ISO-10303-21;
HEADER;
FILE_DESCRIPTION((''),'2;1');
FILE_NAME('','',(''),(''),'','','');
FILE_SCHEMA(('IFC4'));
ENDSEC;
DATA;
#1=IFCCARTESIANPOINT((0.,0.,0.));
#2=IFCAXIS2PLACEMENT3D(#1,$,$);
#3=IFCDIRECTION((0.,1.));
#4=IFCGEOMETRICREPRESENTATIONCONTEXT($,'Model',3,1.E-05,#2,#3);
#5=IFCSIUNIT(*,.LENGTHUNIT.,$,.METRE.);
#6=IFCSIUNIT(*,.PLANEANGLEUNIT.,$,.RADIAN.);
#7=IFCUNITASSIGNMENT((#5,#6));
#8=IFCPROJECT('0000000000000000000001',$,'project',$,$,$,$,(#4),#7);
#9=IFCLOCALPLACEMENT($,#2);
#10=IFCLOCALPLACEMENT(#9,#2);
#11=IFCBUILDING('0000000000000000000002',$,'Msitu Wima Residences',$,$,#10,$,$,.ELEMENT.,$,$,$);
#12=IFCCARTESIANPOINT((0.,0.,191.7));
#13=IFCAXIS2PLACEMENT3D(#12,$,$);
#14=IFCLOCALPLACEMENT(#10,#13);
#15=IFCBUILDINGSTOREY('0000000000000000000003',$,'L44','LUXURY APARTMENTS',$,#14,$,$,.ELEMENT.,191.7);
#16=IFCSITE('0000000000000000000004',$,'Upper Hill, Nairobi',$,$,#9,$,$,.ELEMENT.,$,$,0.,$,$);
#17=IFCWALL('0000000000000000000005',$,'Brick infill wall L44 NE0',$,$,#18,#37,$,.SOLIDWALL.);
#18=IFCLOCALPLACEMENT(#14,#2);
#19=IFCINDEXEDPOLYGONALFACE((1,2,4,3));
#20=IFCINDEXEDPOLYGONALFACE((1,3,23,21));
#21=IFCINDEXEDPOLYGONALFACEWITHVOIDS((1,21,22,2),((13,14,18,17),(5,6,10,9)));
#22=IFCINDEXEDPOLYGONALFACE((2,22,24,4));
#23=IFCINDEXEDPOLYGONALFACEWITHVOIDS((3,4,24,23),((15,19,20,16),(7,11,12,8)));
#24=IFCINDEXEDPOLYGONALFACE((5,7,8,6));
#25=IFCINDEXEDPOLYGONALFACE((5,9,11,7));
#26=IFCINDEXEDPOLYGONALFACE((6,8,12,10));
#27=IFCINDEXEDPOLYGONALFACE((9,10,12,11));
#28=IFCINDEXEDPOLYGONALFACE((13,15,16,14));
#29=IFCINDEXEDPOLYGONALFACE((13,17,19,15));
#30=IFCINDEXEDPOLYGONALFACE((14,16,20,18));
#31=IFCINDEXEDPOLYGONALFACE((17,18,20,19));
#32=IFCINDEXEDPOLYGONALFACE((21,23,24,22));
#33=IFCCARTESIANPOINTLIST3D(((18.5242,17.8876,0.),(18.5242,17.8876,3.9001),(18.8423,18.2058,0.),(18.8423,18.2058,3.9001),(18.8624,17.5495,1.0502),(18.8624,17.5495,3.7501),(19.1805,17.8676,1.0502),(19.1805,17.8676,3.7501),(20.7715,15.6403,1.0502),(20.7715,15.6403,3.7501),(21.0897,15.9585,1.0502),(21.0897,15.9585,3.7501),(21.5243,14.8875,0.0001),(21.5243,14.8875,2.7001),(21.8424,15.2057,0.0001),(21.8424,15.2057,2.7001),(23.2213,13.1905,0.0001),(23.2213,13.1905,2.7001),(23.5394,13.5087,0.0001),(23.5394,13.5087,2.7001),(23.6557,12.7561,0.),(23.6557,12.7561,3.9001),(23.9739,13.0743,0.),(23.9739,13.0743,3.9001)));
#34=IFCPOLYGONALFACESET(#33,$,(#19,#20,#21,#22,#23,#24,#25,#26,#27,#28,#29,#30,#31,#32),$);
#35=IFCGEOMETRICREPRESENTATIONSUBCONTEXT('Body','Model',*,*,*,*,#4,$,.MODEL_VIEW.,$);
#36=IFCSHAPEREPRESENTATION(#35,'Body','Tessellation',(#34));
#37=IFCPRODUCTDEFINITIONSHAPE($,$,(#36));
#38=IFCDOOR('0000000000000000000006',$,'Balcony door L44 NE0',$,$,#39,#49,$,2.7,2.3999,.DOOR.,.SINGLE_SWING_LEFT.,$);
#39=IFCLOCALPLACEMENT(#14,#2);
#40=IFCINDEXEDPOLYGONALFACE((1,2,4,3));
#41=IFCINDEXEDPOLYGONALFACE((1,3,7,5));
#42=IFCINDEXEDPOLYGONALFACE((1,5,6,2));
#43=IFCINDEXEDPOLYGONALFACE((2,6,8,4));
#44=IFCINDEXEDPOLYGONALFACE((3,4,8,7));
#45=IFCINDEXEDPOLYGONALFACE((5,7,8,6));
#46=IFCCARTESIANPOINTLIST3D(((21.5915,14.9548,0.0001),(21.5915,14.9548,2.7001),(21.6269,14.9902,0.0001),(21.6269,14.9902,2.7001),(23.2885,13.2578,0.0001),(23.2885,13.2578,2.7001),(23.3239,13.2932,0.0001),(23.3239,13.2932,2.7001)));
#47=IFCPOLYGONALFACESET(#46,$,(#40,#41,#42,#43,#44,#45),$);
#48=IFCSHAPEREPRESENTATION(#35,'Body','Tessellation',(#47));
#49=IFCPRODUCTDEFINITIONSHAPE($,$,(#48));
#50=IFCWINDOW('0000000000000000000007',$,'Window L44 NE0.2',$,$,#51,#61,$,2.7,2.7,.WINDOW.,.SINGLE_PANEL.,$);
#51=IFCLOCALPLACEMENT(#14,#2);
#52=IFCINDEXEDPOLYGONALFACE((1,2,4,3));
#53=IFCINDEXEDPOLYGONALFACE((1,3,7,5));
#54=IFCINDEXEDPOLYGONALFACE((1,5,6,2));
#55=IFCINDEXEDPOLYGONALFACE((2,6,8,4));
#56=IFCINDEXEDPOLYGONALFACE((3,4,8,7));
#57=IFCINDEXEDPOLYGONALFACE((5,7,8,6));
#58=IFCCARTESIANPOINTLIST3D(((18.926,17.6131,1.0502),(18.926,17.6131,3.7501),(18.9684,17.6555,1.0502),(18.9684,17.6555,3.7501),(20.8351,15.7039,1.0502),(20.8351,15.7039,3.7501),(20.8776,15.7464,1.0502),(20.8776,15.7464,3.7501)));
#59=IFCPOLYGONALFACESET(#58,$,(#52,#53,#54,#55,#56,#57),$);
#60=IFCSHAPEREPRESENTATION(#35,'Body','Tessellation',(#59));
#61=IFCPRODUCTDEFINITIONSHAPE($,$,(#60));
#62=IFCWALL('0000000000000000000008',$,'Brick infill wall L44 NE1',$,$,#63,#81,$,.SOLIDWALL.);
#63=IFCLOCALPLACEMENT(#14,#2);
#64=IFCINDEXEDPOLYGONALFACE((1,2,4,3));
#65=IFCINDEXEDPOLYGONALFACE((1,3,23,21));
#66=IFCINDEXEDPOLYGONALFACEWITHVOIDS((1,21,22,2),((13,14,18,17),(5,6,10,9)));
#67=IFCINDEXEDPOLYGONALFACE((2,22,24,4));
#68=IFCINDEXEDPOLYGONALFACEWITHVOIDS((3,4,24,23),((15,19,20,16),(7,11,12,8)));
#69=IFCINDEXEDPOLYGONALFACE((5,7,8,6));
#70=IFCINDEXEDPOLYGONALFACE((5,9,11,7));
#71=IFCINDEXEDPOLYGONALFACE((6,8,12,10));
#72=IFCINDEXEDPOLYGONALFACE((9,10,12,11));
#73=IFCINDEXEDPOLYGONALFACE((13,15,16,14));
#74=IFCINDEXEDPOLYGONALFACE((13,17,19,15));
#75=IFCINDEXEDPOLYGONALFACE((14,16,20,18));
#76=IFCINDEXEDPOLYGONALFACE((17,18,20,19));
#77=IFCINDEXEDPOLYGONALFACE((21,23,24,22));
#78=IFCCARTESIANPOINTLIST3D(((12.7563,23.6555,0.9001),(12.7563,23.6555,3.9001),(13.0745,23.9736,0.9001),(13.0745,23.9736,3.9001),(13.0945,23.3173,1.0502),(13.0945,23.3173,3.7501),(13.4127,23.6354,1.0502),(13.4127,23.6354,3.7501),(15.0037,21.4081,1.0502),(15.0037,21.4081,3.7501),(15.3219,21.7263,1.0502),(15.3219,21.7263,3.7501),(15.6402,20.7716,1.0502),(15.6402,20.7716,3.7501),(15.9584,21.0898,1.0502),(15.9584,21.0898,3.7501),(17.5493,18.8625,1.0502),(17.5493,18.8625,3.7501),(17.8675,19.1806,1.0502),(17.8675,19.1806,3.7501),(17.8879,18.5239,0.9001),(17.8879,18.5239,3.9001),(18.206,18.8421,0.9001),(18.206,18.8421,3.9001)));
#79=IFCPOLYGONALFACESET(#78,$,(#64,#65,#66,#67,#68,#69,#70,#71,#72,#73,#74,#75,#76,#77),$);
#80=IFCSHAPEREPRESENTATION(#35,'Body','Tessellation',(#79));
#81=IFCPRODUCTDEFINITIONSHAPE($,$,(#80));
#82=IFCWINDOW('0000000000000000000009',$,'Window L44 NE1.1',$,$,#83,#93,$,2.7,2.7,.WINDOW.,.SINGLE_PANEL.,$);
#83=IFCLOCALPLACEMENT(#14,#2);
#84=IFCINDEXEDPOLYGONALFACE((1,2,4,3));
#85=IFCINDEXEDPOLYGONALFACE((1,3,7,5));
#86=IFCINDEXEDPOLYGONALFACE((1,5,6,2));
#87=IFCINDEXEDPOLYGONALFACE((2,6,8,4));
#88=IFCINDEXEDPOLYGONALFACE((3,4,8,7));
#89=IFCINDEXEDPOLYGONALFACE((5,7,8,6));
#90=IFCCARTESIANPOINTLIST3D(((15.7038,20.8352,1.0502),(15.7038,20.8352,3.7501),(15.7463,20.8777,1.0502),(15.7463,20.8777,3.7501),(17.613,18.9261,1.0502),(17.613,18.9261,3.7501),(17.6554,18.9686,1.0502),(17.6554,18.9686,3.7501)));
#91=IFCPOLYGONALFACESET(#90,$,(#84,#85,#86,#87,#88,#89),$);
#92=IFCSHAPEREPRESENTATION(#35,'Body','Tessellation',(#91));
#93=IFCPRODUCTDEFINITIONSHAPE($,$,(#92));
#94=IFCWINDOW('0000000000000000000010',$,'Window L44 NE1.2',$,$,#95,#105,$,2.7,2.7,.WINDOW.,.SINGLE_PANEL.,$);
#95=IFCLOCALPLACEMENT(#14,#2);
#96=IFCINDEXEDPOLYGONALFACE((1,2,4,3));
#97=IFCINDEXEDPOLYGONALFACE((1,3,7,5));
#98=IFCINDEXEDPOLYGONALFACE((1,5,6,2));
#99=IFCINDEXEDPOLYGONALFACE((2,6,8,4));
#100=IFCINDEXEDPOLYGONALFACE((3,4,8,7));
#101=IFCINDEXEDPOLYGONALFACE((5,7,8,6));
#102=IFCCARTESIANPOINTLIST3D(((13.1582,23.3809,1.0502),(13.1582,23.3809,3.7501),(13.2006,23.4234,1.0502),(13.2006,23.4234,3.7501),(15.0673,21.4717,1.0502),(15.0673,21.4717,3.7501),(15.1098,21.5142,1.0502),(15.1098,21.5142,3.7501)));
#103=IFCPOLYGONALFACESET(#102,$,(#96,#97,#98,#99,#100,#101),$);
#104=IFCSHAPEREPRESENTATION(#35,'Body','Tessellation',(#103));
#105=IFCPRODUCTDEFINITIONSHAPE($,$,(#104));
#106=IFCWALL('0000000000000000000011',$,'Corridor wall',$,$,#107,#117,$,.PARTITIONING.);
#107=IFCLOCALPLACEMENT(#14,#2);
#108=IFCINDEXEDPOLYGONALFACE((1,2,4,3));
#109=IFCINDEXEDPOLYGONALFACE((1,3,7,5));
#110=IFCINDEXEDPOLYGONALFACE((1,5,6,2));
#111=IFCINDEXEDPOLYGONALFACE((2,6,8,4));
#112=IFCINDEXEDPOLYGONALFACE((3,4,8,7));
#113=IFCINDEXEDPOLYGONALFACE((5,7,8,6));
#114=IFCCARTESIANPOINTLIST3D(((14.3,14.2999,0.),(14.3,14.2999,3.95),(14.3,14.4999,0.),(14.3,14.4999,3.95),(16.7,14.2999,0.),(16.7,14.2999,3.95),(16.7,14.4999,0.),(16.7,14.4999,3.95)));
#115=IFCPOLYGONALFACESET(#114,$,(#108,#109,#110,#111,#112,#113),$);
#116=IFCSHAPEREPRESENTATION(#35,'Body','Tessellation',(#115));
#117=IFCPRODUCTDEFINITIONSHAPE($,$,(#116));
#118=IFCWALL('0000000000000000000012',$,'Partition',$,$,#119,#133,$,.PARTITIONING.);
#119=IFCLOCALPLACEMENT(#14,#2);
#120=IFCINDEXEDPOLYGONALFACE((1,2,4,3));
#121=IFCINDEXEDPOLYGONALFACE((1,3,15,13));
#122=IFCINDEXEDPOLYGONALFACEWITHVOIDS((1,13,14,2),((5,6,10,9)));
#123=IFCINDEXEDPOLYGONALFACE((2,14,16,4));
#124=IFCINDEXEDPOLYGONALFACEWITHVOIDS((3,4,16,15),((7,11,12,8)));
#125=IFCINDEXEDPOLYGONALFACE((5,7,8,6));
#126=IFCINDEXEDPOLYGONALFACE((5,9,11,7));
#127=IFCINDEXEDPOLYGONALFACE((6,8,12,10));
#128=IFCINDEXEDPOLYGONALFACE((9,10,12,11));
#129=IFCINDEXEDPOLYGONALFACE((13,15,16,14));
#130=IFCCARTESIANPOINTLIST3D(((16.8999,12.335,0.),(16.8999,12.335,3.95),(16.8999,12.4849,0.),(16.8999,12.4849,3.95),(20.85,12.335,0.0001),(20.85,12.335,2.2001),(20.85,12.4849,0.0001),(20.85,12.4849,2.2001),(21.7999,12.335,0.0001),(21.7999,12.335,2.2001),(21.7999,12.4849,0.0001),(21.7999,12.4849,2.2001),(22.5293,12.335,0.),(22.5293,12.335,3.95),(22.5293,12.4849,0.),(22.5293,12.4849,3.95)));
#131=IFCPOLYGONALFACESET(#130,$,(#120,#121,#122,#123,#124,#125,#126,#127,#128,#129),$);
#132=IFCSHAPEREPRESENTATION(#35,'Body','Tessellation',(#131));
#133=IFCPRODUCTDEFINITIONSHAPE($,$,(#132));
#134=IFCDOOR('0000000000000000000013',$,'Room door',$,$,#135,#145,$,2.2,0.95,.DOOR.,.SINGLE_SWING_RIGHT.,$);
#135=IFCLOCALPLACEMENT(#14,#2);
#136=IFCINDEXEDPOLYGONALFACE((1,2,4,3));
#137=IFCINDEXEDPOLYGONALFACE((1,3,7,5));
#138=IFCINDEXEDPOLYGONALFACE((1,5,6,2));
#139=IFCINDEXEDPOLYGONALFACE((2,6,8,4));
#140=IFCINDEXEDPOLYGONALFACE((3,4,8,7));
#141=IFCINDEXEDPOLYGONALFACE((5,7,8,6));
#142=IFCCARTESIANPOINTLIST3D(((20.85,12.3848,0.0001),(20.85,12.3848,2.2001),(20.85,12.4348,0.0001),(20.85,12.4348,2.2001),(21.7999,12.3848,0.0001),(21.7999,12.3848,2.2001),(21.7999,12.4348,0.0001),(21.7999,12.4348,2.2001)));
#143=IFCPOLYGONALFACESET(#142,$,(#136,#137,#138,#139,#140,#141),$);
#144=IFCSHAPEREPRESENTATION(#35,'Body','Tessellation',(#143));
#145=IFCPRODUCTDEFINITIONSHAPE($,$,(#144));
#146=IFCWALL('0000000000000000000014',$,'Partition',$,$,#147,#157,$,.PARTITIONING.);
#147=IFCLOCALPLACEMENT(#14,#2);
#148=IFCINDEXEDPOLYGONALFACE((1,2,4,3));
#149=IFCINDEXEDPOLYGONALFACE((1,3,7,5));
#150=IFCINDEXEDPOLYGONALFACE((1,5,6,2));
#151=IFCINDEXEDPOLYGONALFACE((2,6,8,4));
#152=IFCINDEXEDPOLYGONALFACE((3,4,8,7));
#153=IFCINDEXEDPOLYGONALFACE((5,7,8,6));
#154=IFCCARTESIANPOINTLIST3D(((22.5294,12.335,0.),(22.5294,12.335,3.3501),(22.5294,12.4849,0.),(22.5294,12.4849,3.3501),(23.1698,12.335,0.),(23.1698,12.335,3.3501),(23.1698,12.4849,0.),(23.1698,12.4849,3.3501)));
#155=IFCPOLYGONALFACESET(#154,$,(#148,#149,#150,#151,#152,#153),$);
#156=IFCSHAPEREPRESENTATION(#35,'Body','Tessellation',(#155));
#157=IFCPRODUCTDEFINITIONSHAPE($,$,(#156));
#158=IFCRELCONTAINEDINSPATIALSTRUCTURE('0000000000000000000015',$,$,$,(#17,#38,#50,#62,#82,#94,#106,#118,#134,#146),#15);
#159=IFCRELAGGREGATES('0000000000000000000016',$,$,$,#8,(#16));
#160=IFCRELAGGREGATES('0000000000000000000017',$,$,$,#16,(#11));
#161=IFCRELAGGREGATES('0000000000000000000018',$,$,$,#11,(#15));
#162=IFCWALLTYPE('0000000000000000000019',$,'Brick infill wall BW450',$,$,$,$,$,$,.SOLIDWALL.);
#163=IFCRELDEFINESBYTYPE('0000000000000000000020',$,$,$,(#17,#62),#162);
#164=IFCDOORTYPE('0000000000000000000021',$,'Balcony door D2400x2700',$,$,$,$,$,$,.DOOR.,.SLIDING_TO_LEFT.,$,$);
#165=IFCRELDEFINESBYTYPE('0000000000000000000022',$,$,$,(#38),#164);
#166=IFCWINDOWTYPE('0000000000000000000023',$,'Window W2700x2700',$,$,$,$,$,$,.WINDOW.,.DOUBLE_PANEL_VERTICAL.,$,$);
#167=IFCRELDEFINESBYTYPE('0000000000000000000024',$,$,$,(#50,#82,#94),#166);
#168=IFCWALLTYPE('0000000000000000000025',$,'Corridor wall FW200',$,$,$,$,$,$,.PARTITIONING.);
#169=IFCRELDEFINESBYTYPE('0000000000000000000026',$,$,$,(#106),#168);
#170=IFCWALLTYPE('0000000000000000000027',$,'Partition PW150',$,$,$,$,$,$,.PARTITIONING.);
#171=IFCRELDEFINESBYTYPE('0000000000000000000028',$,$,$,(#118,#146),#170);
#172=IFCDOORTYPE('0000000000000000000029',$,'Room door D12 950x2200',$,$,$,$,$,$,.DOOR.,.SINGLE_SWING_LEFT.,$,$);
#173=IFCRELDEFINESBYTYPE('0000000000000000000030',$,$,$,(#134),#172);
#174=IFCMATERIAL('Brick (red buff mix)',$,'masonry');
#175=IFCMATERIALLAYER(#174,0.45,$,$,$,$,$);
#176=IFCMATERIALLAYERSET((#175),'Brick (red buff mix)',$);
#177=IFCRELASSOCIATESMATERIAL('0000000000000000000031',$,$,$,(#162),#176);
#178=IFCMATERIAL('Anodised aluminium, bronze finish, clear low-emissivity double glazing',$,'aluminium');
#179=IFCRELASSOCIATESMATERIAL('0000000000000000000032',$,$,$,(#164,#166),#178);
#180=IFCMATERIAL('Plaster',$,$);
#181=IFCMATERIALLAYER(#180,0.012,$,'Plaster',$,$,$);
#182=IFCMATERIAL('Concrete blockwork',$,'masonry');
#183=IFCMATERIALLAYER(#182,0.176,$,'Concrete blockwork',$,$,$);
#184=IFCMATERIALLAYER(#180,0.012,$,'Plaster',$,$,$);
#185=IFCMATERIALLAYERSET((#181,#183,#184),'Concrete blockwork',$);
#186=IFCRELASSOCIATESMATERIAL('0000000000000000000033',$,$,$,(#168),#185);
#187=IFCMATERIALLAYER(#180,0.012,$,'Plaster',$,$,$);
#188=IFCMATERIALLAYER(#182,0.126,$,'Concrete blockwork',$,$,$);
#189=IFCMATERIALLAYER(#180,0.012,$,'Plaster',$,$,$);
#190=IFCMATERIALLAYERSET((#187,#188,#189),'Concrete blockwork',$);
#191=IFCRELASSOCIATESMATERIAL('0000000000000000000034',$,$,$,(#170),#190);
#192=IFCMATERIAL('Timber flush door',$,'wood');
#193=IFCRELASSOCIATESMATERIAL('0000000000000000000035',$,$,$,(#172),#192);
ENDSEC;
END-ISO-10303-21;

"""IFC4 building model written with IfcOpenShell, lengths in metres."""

from ifc_helpers import new_model, si_unit, direction, frame, frame_2d, origin, place, context, subcontext, project, spatial, rectangle, extrude, material, layer, layer_set, type_object, element, fill, save


model = new_model("IFC4")

# Units and contexts
model_context = context("Model", 3, precision=1e-05, world=origin(), true_north=direction((0.0, 1.0)))
body_context = subcontext(model_context, "Body", "Model", "MODEL_VIEW")
ifc_project = project(units=[si_unit("LENGTHUNIT", "METRE"), si_unit("PLANEANGLEUNIT", "RADIAN")], contexts=[model_context])

# Site, building, storey
site_placement = place(None, origin())
site = spatial("IfcSite", under=ifc_project, at=site_placement, Name="Upper Hill, Nairobi", CompositionType="ELEMENT", RefElevation=0.0)
building_placement = place(site_placement, origin())
building = spatial("IfcBuilding", under=site, at=building_placement, Name="Msitu Wima Residences", CompositionType="ELEMENT")
storey_placement = place(building_placement, frame((0.0, 0.0, 191.7)))
storey = spatial("IfcBuildingStorey", under=building, at=storey_placement, Name="L44", Description="LUXURY APARTMENTS", CompositionType="ELEMENT", Elevation=191.7)

# Wall, openings, door, window
ifc_material_1 = material(Name="Brick (red buff mix)", Category="masonry")
ifc_layer_1 = layer(ifc_material_1, 0.45)
ifc_layer_set_1 = layer_set([ifc_layer_1], Name="Brick (red buff mix)")
wall_type_1 = type_object("IfcWallType", Name="Brick infill wall BW450", PredefinedType="SOLIDWALL", material=ifc_layer_set_1)
wall_1_placement = place(storey_placement, frame((23.8147, 12.9153, 0.0), z_axis=(0.0, 0.0, 1.0), x_axis=(-0.707107, 0.707107, 0.0)))
wall_1 = element("IfcWall", 1, at=wall_1_placement, inside=storey, type_object=wall_type_1, Name="Brick infill wall L44 NE0", PredefinedType="SOLIDWALL", context=body_context, shape_type="SweptSolid", body=[
    extrude(rectangle(XDim=7.2571, YDim=0.45, at=frame_2d((3.6284, 0.0))), origin(), (0.0, 0.0, 1.0), 3.9001),
])
opening_1_placement = place(wall_1_placement, frame((0.6143, 0.0, 0.0)))
opening_1 = element("IfcOpeningElement", 2, at=opening_1_placement, cuts=wall_1, PredefinedType="OPENING", context=body_context, shape_type="SweptSolid", body=[
    extrude(rectangle(XDim=2.3999, YDim=2.7, at=frame_2d((1.2, 1.3501))), frame((0.0, 0.2349, 0.0), z_axis=(0.0, -1.0, 0.0), x_axis=(1.0, 0.0, 0.0)), (0.0, 0.0, 1.0), 0.47),
])
opening_2_placement = place(wall_1_placement, frame((4.0786, 0.0, 1.05)))
opening_2 = element("IfcOpeningElement", 3, at=opening_2_placement, cuts=wall_1, PredefinedType="OPENING", context=body_context, shape_type="SweptSolid", body=[
    extrude(rectangle(XDim=2.7, YDim=2.7, at=frame_2d((1.3501, 1.3501))), frame((0.0, 0.2349, 0.0), z_axis=(0.0, -1.0, 0.0), x_axis=(1.0, 0.0, 0.0)), (0.0, 0.0, 1.0), 0.47),
])
ifc_material_2 = material(Name="Anodised aluminium, bronze finish, clear low-emissivity double glazing", Category="aluminium")
door_type_1 = type_object("IfcDoorType", Name="Balcony door D2400x2700", OperationType="SLIDING_TO_LEFT", PredefinedType="DOOR", material=ifc_material_2)
door_1_placement = place(opening_1_placement, origin())
door_1 = element("IfcDoor", 4, at=door_1_placement, inside=storey, type_object=door_type_1, Name="Balcony door L44 NE0", OperationType="SINGLE_SWING_LEFT", OverallHeight=2.7, OverallWidth=2.3999, PredefinedType="DOOR", context=body_context, shape_type="SweptSolid", body=[
    extrude(rectangle(XDim=2.3999, YDim=2.7, at=frame_2d((1.2, 1.3501))), frame((0.0, 0.1299, 0.0), z_axis=(0.0, -1.0, 0.0), x_axis=(1.0, 0.0, 0.0)), (0.0, 0.0, 1.0), 0.05),
])
fill(opening_1, door_1)
window_type = type_object("IfcWindowType", Name="Window W2700x2700", PartitioningType="DOUBLE_PANEL_VERTICAL", PredefinedType="WINDOW", material=ifc_material_2)
window_1_placement = place(opening_2_placement, origin())
window_1 = element("IfcWindow", 5, at=window_1_placement, inside=storey, type_object=window_type, Name="Window L44 NE0.2", OverallHeight=2.7, OverallWidth=2.7, PartitioningType="SINGLE_PANEL", PredefinedType="WINDOW", context=body_context, shape_type="SweptSolid", body=[
    extrude(rectangle(XDim=2.7, YDim=2.7, at=frame_2d((1.3501, 1.3501))), frame((0.0, 0.135, 0.0), z_axis=(0.0, -1.0, 0.0), x_axis=(1.0, 0.0, 0.0)), (0.0, 0.0, 1.0), 0.0601),
])
fill(opening_2, window_1)

# Wall, openings, windows
wall_2_placement = place(storey_placement, frame((18.0469, 18.6831, 0.9001), z_axis=(0.0, 0.0, 1.0), x_axis=(-0.707107, 0.707107, 0.0)))
wall_2 = element("IfcWall", 6, at=wall_2_placement, inside=storey, type_object=wall_type_1, Name="Brick infill wall L44 NE1", PredefinedType="SOLIDWALL", context=body_context, shape_type="SweptSolid", body=[
    extrude(rectangle(XDim=7.2571, YDim=0.45, at=frame_2d((3.6284, 0.0))), origin(), (0.0, 0.0, 1.0), 3.0),
])
opening_3_placement = place(wall_2_placement, frame((0.4785, 0.0, 0.1499)))
opening_3 = element("IfcOpeningElement", 7, at=opening_3_placement, cuts=wall_2, PredefinedType="OPENING", context=body_context, shape_type="SweptSolid", body=[
    extrude(rectangle(XDim=2.7, YDim=2.7, at=frame_2d((1.3501, 1.3501))), frame((0.0, 0.2349, 0.0), z_axis=(0.0, -1.0, 0.0), x_axis=(1.0, 0.0, 0.0)), (0.0, 0.0, 1.0), 0.47),
])
opening_4_placement = place(wall_2_placement, frame((4.0786, 0.0, 0.1499)))
opening_4 = element("IfcOpeningElement", 8, at=opening_4_placement, cuts=wall_2, PredefinedType="OPENING", context=body_context, shape_type="SweptSolid", body=[
    extrude(rectangle(XDim=2.7, YDim=2.7, at=frame_2d((1.3501, 1.3501))), frame((0.0, 0.2349, 0.0), z_axis=(0.0, -1.0, 0.0), x_axis=(1.0, 0.0, 0.0)), (0.0, 0.0, 1.0), 0.47),
])
window_2_placement = place(opening_3_placement, origin())
window_2 = element("IfcWindow", 9, at=window_2_placement, inside=storey, type_object=window_type, Name="Window L44 NE1.1", OverallHeight=2.7, OverallWidth=2.7, PartitioningType="SINGLE_PANEL", PredefinedType="WINDOW", context=body_context, shape_type="SweptSolid", body=[
    extrude(rectangle(XDim=2.7, YDim=2.7, at=frame_2d((1.3501, 1.3501))), frame((0.0, 0.135, 0.0), z_axis=(0.0, -1.0, 0.0), x_axis=(1.0, 0.0, 0.0)), (0.0, 0.0, 1.0), 0.0601),
])
fill(opening_3, window_2)
window_3_placement = place(opening_4_placement, origin())
window_3 = element("IfcWindow", 10, at=window_3_placement, inside=storey, type_object=window_type, Name="Window L44 NE1.2", OverallHeight=2.7, OverallWidth=2.7, PartitioningType="SINGLE_PANEL", PredefinedType="WINDOW", context=body_context, shape_type="SweptSolid", body=[
    extrude(rectangle(XDim=2.7, YDim=2.7, at=frame_2d((1.3501, 1.3501))), frame((0.0, 0.135, 0.0), z_axis=(0.0, -1.0, 0.0), x_axis=(1.0, 0.0, 0.0)), (0.0, 0.0, 1.0), 0.0601),
])
fill(opening_4, window_3)

# Wall
ifc_material_3 = material(Name="Plaster")
ifc_layer_2 = layer(ifc_material_3, 0.012, Name="Plaster")
ifc_material_4 = material(Name="Concrete blockwork", Category="masonry")
ifc_layer_3 = layer(ifc_material_4, 0.176, Name="Concrete blockwork")
ifc_layer_4 = layer(ifc_material_3, 0.012, Name="Plaster")
ifc_layer_set_2 = layer_set([ifc_layer_2, ifc_layer_3, ifc_layer_4], Name="Concrete blockwork")
wall_type_2 = type_object("IfcWallType", Name="Corridor wall FW200", PredefinedType="PARTITIONING", material=ifc_layer_set_2)
wall_3_placement = place(storey_placement, frame((14.3, 14.3999, 0.0), z_axis=(0.0, 0.0, 1.0), x_axis=(1.0, 0.0, 0.0)))
element("IfcWall", 11, at=wall_3_placement, inside=storey, type_object=wall_type_2, Name="Corridor wall", PredefinedType="PARTITIONING", context=body_context, shape_type="SweptSolid", body=[
    extrude(rectangle(XDim=2.3999, YDim=0.2, at=frame_2d((1.2, 0.0))), origin(), (0.0, 0.0, 1.0), 3.95),
])

# Wall, opening, door
ifc_layer_5 = layer(ifc_material_3, 0.012, Name="Plaster")
ifc_layer_6 = layer(ifc_material_4, 0.126, Name="Concrete blockwork")
ifc_layer_7 = layer(ifc_material_3, 0.012, Name="Plaster")
ifc_layer_set_3 = layer_set([ifc_layer_5, ifc_layer_6, ifc_layer_7], Name="Concrete blockwork")
wall_type_3 = type_object("IfcWallType", Name="Partition PW150", PredefinedType="PARTITIONING", material=ifc_layer_set_3)
wall_4_placement = place(storey_placement, frame((16.8999, 12.4099, 0.0), z_axis=(0.0, 0.0, 1.0), x_axis=(1.0, 0.0, 0.0)))
wall_4 = element("IfcWall", 12, at=wall_4_placement, inside=storey, type_object=wall_type_3, Name="Partition", PredefinedType="PARTITIONING", context=body_context, shape_type="SweptSolid", body=[
    extrude(rectangle(XDim=5.6294, YDim=0.1499, at=frame_2d((2.8147, 0.0))), origin(), (0.0, 0.0, 1.0), 3.95),
])
opening_5_placement = place(wall_4_placement, frame((3.95, 0.0, 0.0)))
opening_5 = element("IfcOpeningElement", 13, at=opening_5_placement, cuts=wall_4, PredefinedType="OPENING", context=body_context, shape_type="SweptSolid", body=[
    extrude(rectangle(XDim=0.95, YDim=2.2, at=frame_2d((0.4751, 1.1001))), frame((0.0, 0.085, 0.0), z_axis=(0.0, -1.0, 0.0), x_axis=(1.0, 0.0, 0.0)), (0.0, 0.0, 1.0), 0.1699),
])
ifc_material_5 = material(Name="Timber flush door", Category="wood")
door_type_2 = type_object("IfcDoorType", Name="Room door D12 950x2200", OperationType="SINGLE_SWING_LEFT", PredefinedType="DOOR", material=ifc_material_5)
door_2_placement = place(opening_5_placement, origin())
door_2 = element("IfcDoor", 14, at=door_2_placement, inside=storey, type_object=door_type_2, Name="Room door", OperationType="SINGLE_SWING_RIGHT", OverallHeight=2.2, OverallWidth=0.95, PredefinedType="DOOR", context=body_context, shape_type="SweptSolid", body=[
    extrude(rectangle(XDim=0.95, YDim=2.2, at=frame_2d((0.4751, 1.1001))), frame((0.0, 0.0249, 0.0), z_axis=(0.0, -1.0, 0.0), x_axis=(1.0, 0.0, 0.0)), (0.0, 0.0, 1.0), 0.05),
])
fill(opening_5, door_2)

# Wall
wall_5_placement = place(storey_placement, frame((22.5293, 12.4099, 0.0), z_axis=(0.0, 0.0, 1.0), x_axis=(1.0, 0.0, 0.0)))
element("IfcWall", 15, at=wall_5_placement, inside=storey, type_object=wall_type_3, Name="Partition", PredefinedType="PARTITIONING", context=body_context, shape_type="SweptSolid", body=[
    extrude(rectangle(XDim=0.6404, YDim=0.1499, at=frame_2d((0.3203, 0.0))), origin(), (0.0, 0.0, 1.0), 3.3501),
])

save(model, "model.ifc")
